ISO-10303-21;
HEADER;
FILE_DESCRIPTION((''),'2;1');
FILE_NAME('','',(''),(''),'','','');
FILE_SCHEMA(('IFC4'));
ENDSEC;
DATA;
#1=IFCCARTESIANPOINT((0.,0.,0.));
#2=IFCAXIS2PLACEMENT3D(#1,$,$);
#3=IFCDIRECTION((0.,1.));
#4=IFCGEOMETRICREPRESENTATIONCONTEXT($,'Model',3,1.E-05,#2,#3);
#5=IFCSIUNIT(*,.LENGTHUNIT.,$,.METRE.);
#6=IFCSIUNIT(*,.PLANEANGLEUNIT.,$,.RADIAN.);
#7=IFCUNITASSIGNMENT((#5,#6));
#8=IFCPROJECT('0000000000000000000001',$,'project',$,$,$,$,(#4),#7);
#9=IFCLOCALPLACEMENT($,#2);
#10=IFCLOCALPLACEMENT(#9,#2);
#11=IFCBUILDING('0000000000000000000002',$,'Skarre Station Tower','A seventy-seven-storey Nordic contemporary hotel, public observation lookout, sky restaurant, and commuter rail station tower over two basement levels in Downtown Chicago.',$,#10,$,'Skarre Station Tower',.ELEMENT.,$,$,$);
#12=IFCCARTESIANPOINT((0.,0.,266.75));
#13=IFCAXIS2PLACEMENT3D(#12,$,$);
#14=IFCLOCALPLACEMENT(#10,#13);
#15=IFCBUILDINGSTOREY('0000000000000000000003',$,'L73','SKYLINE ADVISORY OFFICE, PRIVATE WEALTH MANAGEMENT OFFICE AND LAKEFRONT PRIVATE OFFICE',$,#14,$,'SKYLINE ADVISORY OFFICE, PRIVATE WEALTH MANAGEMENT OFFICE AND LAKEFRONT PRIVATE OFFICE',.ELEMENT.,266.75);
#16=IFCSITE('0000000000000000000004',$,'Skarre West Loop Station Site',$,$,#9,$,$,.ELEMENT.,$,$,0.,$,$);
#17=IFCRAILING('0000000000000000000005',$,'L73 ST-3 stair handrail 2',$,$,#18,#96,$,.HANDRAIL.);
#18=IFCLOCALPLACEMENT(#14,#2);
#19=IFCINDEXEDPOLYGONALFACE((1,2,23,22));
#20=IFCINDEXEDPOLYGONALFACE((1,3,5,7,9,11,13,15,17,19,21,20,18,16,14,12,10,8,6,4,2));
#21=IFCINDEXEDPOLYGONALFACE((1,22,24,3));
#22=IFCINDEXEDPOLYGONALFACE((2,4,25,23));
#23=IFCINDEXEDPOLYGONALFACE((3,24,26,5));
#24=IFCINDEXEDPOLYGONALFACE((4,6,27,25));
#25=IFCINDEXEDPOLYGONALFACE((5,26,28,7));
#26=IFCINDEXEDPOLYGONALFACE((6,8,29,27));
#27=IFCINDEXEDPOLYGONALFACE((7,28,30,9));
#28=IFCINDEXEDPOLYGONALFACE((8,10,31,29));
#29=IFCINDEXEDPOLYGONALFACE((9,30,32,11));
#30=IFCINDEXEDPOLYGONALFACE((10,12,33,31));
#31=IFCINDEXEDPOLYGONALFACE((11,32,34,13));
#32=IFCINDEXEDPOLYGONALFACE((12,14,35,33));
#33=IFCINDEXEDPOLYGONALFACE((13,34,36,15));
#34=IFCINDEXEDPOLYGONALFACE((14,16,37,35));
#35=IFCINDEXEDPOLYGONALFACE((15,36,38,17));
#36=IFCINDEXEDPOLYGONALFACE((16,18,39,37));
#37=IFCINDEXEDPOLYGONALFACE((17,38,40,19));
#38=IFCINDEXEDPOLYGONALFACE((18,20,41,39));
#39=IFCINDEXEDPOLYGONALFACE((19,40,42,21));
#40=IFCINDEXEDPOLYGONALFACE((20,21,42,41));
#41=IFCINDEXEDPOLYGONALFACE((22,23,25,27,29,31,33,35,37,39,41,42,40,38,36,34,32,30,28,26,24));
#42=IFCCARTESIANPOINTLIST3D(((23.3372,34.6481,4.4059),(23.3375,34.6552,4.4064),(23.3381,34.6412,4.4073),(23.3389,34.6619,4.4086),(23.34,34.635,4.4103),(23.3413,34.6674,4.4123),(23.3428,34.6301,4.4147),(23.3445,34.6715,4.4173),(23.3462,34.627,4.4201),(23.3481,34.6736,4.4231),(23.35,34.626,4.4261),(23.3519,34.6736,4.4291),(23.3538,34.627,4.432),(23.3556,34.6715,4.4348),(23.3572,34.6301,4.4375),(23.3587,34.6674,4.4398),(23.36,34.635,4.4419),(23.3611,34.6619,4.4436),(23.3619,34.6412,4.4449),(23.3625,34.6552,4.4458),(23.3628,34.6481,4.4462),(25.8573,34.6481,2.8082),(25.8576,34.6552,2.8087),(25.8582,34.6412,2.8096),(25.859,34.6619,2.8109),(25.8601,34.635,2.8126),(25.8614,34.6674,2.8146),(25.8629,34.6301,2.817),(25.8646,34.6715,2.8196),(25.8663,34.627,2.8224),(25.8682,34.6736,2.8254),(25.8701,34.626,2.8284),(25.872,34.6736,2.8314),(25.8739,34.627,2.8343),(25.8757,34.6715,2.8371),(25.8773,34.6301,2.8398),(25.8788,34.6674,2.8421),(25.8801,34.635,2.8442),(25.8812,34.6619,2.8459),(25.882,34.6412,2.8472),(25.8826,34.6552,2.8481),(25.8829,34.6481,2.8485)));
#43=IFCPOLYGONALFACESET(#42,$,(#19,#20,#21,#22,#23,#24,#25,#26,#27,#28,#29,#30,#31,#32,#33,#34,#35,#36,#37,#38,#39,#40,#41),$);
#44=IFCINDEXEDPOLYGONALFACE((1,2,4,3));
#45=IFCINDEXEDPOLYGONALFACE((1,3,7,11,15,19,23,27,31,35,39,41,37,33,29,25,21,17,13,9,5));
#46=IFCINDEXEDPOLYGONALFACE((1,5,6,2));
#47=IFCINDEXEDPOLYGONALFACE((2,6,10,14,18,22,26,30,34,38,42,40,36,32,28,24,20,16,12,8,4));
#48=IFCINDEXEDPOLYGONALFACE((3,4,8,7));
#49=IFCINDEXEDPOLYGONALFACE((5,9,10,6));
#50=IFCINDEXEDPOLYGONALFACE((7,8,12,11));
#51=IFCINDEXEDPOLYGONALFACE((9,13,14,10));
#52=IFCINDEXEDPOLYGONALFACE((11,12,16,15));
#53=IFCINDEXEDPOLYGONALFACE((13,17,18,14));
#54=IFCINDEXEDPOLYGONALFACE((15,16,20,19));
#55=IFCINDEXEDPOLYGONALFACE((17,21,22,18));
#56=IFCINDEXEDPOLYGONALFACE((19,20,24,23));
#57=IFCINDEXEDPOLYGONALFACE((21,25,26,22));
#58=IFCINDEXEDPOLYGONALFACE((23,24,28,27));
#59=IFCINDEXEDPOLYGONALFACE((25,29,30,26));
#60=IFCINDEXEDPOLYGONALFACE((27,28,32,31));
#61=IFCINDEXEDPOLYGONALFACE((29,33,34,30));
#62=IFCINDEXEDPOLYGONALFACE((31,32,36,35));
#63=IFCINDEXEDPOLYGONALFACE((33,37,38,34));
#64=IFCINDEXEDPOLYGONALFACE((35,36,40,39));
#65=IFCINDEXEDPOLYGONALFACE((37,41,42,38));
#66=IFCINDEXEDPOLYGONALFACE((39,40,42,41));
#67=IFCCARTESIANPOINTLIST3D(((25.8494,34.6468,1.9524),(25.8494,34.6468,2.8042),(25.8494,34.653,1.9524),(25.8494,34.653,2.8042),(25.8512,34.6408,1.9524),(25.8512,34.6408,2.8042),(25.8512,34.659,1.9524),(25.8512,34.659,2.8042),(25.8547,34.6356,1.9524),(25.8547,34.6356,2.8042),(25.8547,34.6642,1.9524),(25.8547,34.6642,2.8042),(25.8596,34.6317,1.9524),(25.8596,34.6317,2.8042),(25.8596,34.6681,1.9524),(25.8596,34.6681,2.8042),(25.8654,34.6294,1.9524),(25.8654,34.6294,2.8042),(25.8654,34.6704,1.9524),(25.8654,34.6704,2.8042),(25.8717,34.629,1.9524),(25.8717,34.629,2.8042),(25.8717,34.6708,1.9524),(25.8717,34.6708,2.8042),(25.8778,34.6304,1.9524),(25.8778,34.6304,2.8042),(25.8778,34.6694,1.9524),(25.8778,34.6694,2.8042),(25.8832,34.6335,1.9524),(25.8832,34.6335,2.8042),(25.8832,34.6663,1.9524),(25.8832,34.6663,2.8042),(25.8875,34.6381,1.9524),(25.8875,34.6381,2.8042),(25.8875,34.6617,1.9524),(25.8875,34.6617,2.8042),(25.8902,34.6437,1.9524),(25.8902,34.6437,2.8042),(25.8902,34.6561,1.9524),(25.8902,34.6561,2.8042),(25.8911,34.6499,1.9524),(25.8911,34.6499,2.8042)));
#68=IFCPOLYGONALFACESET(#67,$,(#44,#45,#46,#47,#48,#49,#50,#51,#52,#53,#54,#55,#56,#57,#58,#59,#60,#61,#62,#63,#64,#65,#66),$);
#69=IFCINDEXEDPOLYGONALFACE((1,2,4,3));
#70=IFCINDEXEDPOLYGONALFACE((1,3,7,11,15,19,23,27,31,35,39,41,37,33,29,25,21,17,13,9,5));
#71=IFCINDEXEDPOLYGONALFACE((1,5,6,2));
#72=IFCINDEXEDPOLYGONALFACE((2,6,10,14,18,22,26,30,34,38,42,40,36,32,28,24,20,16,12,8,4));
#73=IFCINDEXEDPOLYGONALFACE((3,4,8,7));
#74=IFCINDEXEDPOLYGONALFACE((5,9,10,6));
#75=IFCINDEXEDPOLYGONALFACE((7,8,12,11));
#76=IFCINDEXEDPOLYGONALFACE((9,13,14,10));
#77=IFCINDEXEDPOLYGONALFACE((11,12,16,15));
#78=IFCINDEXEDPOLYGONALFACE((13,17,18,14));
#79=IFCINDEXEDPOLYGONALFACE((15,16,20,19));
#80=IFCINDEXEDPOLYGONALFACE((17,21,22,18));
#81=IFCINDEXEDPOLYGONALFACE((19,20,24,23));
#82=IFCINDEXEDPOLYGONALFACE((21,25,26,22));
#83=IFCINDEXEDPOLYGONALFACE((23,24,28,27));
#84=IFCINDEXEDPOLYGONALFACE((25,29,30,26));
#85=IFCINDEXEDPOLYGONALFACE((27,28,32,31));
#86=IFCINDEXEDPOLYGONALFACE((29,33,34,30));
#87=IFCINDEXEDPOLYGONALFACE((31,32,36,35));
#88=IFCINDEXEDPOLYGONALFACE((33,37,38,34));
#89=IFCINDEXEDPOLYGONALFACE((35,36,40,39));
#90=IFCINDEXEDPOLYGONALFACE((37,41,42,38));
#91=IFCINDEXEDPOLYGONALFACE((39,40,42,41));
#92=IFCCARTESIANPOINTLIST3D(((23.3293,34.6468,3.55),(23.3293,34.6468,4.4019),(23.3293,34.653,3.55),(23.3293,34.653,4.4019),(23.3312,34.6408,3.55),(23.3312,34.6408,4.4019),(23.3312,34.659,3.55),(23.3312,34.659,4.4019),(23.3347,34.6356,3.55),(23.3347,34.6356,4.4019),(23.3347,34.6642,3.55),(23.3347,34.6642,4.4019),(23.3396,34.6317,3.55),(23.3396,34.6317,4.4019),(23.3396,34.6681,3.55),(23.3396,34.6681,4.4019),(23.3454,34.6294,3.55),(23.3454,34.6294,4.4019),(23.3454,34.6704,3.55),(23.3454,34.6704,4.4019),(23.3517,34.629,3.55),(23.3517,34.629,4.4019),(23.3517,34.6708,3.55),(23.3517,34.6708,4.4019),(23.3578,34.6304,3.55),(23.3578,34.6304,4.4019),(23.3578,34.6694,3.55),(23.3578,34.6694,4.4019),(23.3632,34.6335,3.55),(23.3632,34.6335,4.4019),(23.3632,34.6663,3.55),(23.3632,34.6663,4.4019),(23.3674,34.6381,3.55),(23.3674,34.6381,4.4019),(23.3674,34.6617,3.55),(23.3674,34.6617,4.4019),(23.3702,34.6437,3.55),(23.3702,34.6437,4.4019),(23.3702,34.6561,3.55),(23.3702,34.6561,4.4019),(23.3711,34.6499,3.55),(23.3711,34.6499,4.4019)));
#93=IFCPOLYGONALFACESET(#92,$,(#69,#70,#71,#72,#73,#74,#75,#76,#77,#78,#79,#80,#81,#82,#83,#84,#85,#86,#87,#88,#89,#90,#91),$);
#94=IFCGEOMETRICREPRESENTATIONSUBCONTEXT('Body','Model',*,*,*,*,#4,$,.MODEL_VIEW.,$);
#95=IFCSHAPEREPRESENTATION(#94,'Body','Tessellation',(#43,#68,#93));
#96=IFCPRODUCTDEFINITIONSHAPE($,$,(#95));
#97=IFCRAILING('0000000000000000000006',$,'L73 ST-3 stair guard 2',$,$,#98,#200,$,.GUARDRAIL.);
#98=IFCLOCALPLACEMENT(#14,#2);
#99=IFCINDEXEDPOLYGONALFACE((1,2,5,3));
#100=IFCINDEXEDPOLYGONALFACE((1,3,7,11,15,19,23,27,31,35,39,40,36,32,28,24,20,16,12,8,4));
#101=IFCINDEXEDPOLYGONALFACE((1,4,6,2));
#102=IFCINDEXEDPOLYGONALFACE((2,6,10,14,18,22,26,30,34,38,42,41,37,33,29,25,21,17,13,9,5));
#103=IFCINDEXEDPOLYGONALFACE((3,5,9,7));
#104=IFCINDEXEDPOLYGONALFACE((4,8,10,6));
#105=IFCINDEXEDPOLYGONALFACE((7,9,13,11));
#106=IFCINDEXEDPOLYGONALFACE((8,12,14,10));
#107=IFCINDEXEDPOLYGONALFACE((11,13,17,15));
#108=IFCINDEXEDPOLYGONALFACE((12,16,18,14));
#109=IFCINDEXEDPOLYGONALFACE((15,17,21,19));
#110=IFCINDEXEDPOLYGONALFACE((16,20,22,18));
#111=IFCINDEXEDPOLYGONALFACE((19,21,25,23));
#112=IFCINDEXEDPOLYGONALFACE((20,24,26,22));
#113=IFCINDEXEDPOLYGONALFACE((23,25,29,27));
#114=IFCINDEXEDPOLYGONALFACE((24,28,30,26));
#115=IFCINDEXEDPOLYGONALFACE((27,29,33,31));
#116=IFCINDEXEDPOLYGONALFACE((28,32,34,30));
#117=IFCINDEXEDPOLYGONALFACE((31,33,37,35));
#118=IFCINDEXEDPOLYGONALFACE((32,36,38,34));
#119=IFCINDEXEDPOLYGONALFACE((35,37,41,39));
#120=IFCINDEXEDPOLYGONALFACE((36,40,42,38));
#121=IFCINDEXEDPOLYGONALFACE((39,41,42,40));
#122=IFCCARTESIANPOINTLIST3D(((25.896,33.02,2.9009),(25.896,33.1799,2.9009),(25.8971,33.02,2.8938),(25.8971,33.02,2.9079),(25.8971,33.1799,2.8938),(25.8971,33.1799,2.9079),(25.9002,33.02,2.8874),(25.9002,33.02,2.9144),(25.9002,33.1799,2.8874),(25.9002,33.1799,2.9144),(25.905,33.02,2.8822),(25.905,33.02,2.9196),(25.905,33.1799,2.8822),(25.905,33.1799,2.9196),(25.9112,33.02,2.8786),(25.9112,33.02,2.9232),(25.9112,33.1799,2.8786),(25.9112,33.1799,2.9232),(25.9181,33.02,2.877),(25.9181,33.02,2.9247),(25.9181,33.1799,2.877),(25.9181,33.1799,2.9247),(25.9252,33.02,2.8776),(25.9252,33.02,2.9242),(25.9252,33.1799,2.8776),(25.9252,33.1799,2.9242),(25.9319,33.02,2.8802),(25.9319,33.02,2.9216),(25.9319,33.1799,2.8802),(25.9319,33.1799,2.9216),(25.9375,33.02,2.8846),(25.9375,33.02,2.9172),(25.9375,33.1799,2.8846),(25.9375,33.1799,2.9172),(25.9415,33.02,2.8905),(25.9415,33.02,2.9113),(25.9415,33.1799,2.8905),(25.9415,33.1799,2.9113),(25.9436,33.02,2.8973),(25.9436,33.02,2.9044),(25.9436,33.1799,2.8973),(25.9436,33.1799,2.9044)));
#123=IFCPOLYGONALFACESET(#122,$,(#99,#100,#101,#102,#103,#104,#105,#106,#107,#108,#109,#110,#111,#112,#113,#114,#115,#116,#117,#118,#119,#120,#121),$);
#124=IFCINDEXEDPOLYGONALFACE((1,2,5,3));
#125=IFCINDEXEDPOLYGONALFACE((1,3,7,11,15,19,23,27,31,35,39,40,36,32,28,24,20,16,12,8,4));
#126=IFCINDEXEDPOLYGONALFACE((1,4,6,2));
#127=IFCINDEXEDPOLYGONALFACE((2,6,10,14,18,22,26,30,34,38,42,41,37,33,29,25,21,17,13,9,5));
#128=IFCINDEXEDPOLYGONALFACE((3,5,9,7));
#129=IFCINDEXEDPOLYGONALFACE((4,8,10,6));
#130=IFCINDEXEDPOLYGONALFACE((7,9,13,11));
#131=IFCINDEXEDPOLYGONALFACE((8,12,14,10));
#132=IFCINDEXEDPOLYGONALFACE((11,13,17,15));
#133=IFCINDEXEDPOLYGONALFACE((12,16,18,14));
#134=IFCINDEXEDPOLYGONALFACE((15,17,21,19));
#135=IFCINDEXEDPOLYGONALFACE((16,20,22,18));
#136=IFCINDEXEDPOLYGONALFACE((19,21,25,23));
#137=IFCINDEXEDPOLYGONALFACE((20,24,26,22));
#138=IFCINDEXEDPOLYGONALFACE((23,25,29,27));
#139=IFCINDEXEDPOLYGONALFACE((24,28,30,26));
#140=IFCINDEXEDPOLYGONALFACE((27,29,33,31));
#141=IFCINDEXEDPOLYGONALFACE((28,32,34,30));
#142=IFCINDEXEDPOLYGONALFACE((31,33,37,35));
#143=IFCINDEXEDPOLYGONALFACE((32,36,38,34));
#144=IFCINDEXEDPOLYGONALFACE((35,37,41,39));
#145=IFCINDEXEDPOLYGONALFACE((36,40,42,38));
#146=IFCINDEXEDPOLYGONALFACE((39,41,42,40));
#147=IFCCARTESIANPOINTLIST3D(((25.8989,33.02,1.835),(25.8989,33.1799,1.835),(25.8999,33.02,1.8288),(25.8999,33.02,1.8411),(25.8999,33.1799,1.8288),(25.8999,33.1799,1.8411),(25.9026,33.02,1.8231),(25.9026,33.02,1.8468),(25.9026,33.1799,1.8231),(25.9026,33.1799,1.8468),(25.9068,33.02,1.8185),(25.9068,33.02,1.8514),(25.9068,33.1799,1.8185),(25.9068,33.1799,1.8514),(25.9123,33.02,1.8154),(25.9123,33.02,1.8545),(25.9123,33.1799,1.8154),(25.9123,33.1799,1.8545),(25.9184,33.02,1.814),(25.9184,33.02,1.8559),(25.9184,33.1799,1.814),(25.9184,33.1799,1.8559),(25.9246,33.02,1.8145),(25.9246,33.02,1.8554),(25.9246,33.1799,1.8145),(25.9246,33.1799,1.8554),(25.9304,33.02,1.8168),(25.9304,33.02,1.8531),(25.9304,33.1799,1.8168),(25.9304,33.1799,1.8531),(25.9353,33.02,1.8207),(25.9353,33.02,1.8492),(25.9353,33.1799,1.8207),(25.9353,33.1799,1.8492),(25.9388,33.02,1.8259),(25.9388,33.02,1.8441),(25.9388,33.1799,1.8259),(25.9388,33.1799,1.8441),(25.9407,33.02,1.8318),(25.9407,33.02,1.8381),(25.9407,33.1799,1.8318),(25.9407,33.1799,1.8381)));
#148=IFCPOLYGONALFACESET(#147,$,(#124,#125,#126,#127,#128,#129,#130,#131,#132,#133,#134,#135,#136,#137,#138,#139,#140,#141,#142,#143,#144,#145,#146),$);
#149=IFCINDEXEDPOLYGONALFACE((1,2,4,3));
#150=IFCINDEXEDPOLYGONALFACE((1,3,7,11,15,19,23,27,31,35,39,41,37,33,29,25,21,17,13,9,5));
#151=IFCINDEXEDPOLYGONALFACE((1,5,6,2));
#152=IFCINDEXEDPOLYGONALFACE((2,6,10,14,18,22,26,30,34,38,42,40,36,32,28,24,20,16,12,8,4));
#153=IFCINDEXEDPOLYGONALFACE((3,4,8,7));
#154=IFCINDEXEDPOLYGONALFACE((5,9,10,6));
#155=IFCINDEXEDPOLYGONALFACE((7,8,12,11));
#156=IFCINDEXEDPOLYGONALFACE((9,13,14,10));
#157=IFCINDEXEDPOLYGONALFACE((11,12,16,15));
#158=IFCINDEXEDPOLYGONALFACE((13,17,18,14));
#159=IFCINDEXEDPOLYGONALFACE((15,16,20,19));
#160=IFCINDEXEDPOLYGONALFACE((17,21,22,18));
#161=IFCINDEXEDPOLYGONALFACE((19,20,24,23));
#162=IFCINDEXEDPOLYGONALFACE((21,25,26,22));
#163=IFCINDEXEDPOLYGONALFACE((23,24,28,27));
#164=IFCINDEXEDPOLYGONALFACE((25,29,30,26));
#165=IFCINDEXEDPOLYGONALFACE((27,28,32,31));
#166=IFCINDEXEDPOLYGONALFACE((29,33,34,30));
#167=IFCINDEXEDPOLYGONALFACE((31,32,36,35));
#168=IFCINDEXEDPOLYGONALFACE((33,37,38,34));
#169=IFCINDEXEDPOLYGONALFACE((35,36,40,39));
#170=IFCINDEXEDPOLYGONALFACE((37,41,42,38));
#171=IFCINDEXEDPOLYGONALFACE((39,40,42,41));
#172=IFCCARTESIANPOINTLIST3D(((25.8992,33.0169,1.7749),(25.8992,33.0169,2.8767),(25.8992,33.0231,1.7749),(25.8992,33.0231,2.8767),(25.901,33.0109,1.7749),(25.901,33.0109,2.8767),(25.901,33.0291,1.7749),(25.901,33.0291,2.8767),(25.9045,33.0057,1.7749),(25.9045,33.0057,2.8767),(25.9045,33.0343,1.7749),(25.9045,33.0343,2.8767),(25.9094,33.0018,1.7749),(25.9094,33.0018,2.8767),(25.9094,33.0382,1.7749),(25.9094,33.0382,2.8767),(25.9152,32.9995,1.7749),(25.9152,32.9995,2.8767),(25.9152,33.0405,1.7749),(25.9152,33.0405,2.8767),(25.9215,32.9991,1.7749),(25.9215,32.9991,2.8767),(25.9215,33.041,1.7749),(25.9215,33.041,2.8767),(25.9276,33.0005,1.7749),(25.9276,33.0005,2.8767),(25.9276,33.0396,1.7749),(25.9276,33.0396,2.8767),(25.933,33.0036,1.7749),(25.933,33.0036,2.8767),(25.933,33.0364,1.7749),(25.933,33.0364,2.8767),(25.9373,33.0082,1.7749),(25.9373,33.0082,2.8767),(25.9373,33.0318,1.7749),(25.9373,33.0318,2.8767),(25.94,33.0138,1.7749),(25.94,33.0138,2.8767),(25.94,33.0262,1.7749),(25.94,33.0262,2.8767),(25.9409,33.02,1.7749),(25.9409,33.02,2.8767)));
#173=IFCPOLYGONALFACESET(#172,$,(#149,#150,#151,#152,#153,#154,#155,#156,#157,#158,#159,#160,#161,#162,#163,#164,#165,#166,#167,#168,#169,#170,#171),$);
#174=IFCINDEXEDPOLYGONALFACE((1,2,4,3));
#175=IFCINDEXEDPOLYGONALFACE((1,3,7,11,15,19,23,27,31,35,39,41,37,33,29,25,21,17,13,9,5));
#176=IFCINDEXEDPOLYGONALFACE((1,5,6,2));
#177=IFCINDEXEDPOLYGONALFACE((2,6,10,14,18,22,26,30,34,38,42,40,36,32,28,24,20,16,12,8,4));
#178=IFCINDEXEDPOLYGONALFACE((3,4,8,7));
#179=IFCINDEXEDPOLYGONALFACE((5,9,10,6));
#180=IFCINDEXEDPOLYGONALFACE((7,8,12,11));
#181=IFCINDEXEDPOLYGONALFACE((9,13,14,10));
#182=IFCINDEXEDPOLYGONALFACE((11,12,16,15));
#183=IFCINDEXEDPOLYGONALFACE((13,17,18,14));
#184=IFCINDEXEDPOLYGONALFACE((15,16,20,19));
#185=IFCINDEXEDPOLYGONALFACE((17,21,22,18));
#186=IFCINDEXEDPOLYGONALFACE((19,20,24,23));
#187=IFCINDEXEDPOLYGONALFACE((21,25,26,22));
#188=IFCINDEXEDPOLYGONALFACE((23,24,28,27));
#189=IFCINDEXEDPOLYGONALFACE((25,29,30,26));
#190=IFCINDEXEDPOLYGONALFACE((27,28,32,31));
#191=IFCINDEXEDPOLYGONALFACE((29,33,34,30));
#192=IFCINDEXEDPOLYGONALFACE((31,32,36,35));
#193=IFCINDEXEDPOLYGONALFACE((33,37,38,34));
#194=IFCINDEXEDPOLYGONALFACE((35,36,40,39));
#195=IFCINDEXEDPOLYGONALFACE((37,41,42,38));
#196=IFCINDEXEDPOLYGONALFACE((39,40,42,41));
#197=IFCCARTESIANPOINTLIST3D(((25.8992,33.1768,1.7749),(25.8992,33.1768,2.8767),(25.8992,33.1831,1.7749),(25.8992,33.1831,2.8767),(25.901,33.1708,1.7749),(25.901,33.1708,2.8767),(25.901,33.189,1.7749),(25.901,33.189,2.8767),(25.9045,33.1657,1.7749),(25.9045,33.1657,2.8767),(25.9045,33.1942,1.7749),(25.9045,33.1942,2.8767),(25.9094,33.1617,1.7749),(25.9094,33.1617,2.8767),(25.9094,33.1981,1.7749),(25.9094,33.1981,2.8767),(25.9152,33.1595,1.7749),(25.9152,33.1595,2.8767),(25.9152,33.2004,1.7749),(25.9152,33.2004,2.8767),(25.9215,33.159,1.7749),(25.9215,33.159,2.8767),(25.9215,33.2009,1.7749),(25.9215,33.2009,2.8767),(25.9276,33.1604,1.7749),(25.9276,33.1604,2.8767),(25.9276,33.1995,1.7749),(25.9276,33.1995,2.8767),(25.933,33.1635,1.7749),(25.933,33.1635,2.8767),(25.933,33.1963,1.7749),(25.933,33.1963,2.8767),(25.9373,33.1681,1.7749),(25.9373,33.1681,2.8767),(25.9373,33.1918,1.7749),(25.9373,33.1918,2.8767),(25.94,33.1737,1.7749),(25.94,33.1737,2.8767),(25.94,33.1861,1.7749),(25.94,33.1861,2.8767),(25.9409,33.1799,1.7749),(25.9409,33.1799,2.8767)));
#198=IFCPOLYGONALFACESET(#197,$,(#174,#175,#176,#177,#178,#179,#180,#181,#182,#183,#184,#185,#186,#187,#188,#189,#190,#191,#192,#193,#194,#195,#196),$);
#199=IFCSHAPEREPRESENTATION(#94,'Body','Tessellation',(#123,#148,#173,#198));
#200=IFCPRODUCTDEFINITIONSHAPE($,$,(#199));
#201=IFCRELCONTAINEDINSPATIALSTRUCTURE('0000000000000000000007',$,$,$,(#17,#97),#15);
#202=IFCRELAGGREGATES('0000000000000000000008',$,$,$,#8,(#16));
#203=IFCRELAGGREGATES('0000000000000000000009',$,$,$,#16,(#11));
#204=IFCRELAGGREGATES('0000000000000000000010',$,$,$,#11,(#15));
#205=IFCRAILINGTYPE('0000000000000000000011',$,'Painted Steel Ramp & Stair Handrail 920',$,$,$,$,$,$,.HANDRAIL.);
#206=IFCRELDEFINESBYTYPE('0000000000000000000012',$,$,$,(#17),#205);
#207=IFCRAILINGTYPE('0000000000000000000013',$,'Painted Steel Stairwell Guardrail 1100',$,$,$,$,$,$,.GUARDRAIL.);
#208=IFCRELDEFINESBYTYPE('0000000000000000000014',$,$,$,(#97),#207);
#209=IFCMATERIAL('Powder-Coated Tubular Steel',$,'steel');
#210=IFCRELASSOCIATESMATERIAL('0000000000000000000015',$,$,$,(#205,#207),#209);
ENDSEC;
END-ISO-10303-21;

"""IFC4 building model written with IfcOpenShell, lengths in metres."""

from ifc_helpers import new_model, si_unit, direction, frame, origin, origin_2d, place, context, subcontext, project, spatial, circle, extrude, material, type_object, element, save


model = new_model("IFC4")

# Units and contexts
model_context = context("Model", 3, precision=1e-05, world=origin(), true_north=direction((0.0, 1.0)))
body_context = subcontext(model_context, "Body", "Model", "MODEL_VIEW")
ifc_project = project(units=[si_unit("LENGTHUNIT", "METRE"), si_unit("PLANEANGLEUNIT", "RADIAN")], contexts=[model_context])

# Site, building, storey
site_placement = place(None, origin())
site = spatial("IfcSite", under=ifc_project, at=site_placement, Name="Skarre West Loop Station Site", CompositionType="ELEMENT", RefElevation=0.0)
building_placement = place(site_placement, origin())
building = spatial("IfcBuilding", under=site, at=building_placement, Name="Skarre Station Tower", Description="A seventy-seven-storey Nordic contemporary hotel, public observation lookout, sky restaurant, and commuter rail station tower over two basement levels in Downtown Chicago.", LongName="Skarre Station Tower", CompositionType="ELEMENT")
storey_placement = place(building_placement, frame((0.0, 0.0, 266.75)))
storey = spatial("IfcBuildingStorey", under=building, at=storey_placement, Name="L73", Description="SKYLINE ADVISORY OFFICE, PRIVATE WEALTH MANAGEMENT OFFICE AND LAKEFRONT PRIVATE OFFICE", LongName="SKYLINE ADVISORY OFFICE, PRIVATE WEALTH MANAGEMENT OFFICE AND LAKEFRONT PRIVATE OFFICE", CompositionType="ELEMENT", Elevation=266.75)

# Railings
ifc_material_1 = material(Name="Powder-Coated Tubular Steel", Category="steel")
railing_type_1 = type_object("IfcRailingType", Name="Painted Steel Ramp & Stair Handrail 920", PredefinedType="HANDRAIL", material=ifc_material_1)
railing_1_placement = place(storey_placement, frame((25.8701, 34.6499, 1.9524)))
element("IfcRailing", 1, at=railing_1_placement, inside=storey, type_object=railing_type_1, Name="L73 ST-3 stair handrail 2", PredefinedType="HANDRAIL", context=body_context, shape_type="SweptSolid", body=[
    extrude(circle(Radius=0.0239, at=origin_2d()), frame((0.0, 0.0, 0.876), z_axis=(-0.84457, 0.0, 0.535445), x_axis=(0.0, -1.0, 0.0)), (0.0, 0.0, 1.0), 2.9839),
    extrude(circle(Radius=0.021, at=origin_2d()), origin(), (0.0, 0.0, 1.0), 0.8518),
    extrude(circle(Radius=0.021, at=origin_2d()), frame((-2.52, 0.0, 1.5977)), (0.0, 0.0, 1.0), 0.8518),
])
railing_type_2 = type_object("IfcRailingType", Name="Painted Steel Stairwell Guardrail 1100", PredefinedType="GUARDRAIL", material=ifc_material_1)
railing_2_placement = place(storey_placement, frame((25.9199, 33.02, 1.7749)))
element("IfcRailing", 2, at=railing_2_placement, inside=storey, type_object=railing_type_2, Name="L73 ST-3 stair guard 2", PredefinedType="GUARDRAIL", context=body_context, shape_type="SweptSolid", body=[
    extrude(circle(Radius=0.0239, at=origin_2d()), frame((0.0, 0.0, 1.126), z_axis=(0.0, 1.0, 0.0), x_axis=(-1.0, 0.0, 0.0)), (0.0, 0.0, 1.0), 0.1599),
    extrude(circle(Radius=0.021, at=origin_2d()), frame((0.0, 0.0, 0.0601), z_axis=(0.0, 1.0, 0.0), x_axis=(-1.0, 0.0, 0.0)), (0.0, 0.0, 1.0), 0.1599),
    extrude(circle(Radius=0.021, at=origin_2d()), origin(), (0.0, 0.0, 1.0), 1.1018),
    extrude(circle(Radius=0.021, at=origin_2d()), frame((0.0, 0.1599, 0.0)), (0.0, 0.0, 1.0), 1.1018),
])

save(model, "model.ifc")
